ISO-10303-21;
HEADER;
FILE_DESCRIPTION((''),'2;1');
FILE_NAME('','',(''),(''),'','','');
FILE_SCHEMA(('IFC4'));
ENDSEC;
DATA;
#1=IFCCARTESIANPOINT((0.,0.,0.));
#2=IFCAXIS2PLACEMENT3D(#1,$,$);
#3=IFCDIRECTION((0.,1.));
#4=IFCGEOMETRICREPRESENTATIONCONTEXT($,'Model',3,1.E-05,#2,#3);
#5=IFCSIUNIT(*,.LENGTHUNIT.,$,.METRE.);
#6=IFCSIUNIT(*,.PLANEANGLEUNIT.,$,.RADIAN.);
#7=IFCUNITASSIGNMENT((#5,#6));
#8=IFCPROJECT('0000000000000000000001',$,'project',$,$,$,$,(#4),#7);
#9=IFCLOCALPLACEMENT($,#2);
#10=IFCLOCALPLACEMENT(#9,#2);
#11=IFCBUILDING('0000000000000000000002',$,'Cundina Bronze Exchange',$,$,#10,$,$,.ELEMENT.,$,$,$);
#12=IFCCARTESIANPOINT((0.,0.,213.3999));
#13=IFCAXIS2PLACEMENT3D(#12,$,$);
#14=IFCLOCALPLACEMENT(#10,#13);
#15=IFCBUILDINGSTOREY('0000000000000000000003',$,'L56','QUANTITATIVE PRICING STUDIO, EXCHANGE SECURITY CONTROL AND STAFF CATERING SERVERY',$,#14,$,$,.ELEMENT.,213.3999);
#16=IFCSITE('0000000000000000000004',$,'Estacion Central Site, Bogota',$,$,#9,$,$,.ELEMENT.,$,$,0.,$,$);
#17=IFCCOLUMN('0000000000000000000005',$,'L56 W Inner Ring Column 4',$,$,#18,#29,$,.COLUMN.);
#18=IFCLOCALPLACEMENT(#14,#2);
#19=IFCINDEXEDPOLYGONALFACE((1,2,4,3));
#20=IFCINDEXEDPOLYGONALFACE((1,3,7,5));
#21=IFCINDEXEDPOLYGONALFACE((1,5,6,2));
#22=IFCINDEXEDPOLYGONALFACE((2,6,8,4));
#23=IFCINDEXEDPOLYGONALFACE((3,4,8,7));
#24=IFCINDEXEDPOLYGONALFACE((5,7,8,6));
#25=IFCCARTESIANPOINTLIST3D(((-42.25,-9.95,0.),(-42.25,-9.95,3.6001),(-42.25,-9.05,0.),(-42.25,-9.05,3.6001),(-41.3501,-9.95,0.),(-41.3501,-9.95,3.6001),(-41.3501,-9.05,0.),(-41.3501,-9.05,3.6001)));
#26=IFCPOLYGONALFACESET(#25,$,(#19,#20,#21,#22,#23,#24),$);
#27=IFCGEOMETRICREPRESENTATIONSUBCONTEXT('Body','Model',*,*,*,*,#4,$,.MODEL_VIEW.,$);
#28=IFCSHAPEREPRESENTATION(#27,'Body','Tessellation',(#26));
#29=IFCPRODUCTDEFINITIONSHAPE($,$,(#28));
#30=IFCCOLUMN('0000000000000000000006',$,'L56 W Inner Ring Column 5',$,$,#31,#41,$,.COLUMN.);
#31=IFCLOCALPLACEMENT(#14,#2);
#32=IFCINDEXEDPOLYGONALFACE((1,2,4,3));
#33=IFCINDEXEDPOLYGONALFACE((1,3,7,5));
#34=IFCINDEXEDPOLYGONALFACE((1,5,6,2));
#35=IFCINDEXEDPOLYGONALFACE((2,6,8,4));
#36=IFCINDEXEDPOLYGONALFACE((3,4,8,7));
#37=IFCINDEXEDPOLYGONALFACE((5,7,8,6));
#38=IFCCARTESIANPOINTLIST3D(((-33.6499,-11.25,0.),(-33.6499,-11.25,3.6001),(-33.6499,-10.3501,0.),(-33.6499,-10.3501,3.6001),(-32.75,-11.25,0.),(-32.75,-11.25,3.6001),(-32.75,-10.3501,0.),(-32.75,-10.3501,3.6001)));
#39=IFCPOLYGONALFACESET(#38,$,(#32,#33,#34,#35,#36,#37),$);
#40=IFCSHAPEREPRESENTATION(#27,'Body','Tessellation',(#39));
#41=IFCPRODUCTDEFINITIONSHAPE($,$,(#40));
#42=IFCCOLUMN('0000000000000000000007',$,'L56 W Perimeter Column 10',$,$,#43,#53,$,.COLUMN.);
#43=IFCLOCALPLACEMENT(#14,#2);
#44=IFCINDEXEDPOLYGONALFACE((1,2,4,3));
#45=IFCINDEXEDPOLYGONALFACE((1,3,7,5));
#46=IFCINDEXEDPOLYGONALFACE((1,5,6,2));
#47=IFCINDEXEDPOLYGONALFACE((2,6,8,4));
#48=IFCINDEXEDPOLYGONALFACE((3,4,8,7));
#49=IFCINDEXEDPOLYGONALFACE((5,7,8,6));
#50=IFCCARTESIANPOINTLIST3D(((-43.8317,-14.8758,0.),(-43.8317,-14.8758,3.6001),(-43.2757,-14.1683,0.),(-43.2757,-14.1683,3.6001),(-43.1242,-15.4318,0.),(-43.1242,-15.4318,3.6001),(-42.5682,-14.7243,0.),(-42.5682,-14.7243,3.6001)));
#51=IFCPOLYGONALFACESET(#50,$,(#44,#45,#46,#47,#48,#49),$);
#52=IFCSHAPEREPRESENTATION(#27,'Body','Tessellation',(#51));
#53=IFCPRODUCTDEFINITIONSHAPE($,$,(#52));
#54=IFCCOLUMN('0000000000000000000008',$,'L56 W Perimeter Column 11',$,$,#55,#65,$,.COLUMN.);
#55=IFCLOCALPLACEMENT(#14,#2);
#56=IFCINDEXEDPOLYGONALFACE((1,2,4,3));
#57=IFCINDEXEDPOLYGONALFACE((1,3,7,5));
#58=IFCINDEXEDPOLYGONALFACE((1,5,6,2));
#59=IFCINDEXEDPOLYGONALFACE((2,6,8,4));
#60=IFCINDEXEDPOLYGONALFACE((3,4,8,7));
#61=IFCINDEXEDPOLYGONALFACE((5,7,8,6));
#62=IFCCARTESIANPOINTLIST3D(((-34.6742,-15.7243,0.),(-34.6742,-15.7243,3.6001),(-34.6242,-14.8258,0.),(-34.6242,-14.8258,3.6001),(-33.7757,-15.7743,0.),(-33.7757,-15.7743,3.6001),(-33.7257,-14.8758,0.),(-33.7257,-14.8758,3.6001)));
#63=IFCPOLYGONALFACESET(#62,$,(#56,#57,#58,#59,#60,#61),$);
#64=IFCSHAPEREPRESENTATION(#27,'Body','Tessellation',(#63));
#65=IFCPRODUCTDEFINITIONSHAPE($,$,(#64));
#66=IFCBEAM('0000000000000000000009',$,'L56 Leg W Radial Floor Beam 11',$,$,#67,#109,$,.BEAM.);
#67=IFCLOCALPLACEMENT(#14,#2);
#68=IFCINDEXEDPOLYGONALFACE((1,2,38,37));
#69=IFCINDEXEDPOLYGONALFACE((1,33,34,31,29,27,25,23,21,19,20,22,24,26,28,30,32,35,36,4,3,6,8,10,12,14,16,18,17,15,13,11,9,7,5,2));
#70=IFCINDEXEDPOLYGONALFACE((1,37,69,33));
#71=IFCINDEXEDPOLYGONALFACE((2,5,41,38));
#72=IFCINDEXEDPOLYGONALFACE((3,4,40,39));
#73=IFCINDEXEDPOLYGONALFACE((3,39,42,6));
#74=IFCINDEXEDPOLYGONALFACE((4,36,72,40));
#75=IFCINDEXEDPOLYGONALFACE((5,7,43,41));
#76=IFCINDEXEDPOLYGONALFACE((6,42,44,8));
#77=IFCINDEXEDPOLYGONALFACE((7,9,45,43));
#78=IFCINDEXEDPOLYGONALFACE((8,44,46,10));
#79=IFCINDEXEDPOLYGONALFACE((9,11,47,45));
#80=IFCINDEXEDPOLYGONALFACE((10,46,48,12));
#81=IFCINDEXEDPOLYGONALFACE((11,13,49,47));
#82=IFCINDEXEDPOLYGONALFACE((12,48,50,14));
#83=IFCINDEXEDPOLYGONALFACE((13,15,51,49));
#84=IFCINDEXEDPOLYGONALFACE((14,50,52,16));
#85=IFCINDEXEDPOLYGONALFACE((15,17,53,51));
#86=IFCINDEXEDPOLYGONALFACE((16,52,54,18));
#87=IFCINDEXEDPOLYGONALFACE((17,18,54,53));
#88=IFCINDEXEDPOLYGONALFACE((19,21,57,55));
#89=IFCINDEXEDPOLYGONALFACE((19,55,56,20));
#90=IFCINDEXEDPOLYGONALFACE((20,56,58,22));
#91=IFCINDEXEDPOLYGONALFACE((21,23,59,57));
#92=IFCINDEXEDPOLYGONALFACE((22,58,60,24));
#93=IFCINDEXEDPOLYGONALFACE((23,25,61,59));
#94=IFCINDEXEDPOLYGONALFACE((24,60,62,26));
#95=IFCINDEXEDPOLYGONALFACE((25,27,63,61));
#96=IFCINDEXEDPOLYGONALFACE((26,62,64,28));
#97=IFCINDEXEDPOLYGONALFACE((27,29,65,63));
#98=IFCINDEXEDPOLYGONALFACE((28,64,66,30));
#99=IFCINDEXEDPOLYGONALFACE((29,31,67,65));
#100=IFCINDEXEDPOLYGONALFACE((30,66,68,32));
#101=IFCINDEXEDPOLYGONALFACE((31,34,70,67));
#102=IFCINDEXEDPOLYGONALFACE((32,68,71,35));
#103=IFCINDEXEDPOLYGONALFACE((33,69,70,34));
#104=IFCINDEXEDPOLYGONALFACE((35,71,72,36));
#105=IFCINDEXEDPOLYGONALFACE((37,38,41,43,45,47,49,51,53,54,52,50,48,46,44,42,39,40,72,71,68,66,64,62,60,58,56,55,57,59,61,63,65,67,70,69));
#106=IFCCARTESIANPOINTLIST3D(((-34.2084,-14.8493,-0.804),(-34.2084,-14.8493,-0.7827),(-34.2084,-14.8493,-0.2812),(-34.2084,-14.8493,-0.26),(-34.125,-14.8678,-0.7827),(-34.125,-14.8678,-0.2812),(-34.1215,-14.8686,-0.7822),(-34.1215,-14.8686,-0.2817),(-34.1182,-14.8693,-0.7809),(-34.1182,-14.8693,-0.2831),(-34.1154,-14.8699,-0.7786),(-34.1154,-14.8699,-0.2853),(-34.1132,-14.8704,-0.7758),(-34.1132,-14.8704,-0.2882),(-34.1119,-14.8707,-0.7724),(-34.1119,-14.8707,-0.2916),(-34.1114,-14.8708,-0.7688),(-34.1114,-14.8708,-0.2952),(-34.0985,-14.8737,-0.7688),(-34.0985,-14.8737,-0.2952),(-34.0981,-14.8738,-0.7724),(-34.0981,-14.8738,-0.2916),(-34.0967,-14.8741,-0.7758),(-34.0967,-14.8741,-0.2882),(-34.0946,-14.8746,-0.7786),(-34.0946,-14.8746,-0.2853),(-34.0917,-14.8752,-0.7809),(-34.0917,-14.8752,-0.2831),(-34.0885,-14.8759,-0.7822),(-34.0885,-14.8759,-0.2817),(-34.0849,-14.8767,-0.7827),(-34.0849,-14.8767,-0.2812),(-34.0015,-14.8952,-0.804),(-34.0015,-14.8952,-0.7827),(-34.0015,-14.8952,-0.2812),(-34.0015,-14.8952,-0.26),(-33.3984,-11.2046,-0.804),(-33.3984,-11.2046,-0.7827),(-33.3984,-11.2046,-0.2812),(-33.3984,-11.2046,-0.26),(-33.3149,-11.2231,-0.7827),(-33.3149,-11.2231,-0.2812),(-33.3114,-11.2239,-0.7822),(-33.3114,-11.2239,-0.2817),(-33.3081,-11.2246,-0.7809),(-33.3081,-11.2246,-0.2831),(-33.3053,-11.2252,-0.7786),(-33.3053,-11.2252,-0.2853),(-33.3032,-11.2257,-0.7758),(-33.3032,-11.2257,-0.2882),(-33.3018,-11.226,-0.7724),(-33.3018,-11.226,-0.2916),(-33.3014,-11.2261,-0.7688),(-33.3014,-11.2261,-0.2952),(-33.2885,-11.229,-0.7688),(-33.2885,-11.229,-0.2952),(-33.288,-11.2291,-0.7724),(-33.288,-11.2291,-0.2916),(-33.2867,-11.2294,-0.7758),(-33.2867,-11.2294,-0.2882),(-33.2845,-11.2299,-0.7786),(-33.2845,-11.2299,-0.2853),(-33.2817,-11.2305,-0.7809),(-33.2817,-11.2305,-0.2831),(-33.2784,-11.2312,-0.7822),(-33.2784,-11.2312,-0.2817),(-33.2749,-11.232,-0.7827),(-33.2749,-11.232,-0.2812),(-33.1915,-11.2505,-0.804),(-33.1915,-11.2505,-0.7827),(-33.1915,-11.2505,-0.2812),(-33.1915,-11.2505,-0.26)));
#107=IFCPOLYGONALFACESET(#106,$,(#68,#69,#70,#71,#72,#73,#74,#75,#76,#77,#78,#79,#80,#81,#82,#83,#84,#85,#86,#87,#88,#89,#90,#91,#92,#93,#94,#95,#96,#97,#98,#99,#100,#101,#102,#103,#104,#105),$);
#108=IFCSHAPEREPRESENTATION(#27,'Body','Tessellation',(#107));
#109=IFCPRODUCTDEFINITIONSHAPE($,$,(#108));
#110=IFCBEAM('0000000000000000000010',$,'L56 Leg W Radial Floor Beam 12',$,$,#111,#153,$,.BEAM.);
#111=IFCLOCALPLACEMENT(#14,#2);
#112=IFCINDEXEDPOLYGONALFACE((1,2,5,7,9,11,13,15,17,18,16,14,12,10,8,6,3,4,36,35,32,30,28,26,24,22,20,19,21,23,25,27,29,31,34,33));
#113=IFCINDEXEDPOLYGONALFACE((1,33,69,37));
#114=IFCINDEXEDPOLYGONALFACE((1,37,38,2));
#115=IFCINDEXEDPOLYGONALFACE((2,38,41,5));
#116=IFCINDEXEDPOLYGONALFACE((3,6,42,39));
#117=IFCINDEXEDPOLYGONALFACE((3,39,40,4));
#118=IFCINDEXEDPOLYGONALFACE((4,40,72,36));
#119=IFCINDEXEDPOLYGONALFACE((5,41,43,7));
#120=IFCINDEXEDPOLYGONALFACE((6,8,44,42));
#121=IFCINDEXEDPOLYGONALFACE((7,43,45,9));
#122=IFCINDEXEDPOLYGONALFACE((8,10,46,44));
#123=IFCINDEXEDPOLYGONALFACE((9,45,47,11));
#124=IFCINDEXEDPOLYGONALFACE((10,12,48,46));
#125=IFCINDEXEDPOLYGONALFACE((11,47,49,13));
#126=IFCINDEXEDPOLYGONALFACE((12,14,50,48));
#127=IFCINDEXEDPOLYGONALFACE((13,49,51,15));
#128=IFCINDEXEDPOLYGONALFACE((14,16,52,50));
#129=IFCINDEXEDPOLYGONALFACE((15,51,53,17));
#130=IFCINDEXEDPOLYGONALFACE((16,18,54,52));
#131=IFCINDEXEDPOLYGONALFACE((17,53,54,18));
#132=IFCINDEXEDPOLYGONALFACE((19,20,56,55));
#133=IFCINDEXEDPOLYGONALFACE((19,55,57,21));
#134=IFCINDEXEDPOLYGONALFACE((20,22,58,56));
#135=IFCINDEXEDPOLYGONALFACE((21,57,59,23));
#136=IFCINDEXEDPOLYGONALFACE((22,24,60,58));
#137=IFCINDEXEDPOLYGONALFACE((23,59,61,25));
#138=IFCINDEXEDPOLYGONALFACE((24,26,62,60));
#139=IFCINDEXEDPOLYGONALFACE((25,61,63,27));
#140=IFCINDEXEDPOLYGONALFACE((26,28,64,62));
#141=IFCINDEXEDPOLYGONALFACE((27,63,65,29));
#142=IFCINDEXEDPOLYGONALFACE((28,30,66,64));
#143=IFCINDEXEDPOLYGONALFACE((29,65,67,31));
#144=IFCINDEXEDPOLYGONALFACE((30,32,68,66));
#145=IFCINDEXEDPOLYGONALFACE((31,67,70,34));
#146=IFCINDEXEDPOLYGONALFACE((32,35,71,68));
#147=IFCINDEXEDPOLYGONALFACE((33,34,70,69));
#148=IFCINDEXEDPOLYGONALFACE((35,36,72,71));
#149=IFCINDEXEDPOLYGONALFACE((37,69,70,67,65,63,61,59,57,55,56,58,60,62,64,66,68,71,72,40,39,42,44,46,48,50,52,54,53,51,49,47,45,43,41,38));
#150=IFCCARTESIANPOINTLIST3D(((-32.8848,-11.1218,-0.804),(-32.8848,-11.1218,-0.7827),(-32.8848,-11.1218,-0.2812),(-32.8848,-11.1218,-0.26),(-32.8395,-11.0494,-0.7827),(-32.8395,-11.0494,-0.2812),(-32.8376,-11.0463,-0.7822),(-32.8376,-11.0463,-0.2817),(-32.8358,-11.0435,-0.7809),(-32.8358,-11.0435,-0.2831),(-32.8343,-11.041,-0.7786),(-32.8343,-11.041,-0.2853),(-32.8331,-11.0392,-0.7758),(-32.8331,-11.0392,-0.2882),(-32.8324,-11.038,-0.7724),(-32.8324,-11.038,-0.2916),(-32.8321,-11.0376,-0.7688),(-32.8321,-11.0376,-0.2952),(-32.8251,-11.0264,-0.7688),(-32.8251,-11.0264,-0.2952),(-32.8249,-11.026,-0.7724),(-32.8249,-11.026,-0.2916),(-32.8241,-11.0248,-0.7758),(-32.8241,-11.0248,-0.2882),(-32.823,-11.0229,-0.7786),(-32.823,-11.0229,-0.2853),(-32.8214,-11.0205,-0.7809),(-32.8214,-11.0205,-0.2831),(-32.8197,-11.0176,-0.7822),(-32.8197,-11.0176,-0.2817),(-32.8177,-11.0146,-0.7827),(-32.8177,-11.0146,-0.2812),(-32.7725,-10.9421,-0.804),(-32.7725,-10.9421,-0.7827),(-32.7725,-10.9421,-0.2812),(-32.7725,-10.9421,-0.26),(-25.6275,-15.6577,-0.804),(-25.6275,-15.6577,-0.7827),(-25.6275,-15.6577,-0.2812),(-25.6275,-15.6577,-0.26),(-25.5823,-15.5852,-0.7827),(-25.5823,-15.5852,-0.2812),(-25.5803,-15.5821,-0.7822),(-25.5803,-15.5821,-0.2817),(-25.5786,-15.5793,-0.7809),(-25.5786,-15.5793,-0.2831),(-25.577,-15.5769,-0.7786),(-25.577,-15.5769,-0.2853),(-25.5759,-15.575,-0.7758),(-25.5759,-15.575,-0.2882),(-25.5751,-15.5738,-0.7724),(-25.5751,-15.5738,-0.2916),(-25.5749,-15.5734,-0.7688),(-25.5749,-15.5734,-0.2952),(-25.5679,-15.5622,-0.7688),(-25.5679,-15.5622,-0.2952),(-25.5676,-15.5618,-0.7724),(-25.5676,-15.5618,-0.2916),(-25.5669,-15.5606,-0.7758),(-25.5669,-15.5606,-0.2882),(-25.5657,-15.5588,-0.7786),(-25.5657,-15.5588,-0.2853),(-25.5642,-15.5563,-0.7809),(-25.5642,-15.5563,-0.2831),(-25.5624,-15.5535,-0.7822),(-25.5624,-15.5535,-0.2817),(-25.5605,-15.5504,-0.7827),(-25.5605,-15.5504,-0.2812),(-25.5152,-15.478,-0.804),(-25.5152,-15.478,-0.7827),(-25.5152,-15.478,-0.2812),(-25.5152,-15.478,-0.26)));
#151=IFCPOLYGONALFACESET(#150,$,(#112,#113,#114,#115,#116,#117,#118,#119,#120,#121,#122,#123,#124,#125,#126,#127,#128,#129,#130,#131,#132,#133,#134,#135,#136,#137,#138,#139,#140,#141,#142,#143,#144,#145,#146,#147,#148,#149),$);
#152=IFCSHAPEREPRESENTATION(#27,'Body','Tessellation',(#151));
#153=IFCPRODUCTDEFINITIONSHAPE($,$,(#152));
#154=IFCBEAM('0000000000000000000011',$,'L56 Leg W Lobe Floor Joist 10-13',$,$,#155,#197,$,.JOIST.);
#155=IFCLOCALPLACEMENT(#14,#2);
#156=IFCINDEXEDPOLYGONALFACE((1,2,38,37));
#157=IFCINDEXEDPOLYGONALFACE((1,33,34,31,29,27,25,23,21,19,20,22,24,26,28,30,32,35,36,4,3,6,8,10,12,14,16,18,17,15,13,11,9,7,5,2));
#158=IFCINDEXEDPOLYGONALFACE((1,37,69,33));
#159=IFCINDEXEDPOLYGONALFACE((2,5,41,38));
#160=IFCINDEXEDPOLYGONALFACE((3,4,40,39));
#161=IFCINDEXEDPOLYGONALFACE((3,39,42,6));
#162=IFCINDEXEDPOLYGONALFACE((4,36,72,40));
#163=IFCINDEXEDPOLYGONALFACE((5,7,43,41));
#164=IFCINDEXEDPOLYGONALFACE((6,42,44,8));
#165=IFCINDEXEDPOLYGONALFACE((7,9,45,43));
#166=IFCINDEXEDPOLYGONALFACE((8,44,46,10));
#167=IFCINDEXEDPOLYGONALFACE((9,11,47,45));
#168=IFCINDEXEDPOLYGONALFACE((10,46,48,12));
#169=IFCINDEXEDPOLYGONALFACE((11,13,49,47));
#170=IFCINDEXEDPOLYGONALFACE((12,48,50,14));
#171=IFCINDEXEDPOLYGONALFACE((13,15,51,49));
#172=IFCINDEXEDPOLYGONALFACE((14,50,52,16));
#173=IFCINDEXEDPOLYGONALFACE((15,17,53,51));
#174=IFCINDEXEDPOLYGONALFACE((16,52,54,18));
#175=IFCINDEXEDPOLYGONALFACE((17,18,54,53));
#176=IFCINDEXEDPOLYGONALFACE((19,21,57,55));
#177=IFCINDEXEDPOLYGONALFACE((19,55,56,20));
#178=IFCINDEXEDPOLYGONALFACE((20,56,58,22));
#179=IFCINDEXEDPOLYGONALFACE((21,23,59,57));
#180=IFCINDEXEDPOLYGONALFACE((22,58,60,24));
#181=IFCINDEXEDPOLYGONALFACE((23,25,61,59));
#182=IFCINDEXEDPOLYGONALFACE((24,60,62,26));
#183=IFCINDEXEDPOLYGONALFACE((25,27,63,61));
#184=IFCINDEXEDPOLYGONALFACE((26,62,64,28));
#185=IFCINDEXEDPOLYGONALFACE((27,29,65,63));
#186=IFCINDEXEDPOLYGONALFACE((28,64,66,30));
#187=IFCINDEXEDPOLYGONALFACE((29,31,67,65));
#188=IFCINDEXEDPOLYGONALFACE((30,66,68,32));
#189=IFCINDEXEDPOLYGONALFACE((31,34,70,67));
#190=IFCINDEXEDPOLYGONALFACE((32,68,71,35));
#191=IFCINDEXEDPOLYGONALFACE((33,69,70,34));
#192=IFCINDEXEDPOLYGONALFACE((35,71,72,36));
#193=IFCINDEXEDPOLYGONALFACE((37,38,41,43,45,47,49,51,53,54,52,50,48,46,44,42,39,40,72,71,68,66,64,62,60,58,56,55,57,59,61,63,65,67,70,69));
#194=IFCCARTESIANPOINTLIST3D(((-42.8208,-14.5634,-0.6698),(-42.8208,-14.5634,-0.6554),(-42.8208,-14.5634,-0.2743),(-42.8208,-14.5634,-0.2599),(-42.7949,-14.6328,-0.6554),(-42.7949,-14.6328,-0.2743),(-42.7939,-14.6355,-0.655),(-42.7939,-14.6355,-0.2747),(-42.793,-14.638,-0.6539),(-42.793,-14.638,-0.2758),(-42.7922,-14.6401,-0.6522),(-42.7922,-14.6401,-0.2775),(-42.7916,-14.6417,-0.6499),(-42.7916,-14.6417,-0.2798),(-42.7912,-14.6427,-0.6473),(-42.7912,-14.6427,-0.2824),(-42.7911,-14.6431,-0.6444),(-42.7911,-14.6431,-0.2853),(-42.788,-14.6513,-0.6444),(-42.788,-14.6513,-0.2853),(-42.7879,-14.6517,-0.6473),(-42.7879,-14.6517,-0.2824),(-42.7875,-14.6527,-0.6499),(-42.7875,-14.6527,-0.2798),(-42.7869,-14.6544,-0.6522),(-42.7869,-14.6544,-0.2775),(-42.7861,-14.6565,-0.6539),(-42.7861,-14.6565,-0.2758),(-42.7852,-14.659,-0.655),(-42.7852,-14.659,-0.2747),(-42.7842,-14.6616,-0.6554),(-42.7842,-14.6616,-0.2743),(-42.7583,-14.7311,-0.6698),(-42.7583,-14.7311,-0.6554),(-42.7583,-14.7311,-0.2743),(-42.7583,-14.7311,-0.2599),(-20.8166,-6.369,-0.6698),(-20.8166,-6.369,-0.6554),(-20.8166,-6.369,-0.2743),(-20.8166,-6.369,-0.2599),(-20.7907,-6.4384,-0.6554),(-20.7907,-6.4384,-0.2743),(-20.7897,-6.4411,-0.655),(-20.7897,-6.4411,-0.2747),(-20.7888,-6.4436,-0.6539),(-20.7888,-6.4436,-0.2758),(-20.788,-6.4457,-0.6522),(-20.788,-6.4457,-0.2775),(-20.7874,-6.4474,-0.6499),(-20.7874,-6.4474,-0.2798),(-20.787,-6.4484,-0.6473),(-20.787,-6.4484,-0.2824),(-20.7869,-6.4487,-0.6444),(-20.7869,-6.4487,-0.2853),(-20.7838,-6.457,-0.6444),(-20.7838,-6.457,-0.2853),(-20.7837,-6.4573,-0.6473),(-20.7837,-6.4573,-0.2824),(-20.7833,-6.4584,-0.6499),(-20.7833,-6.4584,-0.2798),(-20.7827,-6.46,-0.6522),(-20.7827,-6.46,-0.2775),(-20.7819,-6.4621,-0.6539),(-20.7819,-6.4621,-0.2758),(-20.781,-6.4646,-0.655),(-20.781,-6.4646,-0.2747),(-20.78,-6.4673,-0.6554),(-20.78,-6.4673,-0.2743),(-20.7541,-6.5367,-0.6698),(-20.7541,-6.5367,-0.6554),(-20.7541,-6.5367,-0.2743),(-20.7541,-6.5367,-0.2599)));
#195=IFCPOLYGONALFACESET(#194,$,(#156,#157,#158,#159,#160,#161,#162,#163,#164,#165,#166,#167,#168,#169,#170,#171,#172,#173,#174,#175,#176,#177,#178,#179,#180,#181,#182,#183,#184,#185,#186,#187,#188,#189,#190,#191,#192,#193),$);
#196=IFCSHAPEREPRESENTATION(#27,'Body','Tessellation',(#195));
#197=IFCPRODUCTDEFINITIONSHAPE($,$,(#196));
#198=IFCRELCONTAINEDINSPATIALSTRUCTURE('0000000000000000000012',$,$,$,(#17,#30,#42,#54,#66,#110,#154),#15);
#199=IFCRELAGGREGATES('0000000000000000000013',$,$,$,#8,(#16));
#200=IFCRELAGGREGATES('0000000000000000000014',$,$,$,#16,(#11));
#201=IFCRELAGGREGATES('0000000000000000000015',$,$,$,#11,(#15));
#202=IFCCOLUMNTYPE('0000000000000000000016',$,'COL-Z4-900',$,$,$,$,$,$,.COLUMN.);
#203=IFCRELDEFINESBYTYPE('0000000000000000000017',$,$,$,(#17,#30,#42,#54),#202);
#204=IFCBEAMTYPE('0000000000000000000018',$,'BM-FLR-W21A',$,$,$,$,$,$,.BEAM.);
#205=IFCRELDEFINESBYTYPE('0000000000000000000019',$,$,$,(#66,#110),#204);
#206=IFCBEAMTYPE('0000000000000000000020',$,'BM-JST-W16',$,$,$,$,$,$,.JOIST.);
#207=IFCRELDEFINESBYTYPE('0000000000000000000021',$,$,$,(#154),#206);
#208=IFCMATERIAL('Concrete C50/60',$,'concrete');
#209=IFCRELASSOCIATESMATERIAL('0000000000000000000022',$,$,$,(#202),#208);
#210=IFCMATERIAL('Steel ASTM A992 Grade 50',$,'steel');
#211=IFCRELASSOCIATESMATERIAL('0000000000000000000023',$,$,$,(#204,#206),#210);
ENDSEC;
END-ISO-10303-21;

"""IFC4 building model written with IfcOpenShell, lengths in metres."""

from ifc_helpers import new_model, si_unit, direction, frame, origin, origin_2d, place, context, subcontext, project, spatial, rectangle, i_section, extrude, material, material_profile, profile_set, type_object, element, save


model = new_model("IFC4")

# Units and contexts
model_context = context("Model", 3, precision=1e-05, world=origin(), true_north=direction((0.0, 1.0)))
body_context = subcontext(model_context, "Body", "Model", "MODEL_VIEW")
ifc_project = project(units=[si_unit("LENGTHUNIT", "METRE"), si_unit("PLANEANGLEUNIT", "RADIAN")], contexts=[model_context])

# Site, building, storey
site_placement = place(None, origin())
site = spatial("IfcSite", under=ifc_project, at=site_placement, Name="Estacion Central Site, Bogota", CompositionType="ELEMENT", RefElevation=0.0)
building_placement = place(site_placement, origin())
building = spatial("IfcBuilding", under=site, at=building_placement, Name="Cundina Bronze Exchange", CompositionType="ELEMENT")
storey_placement = place(building_placement, frame((0.0, 0.0, 213.3999)))
storey = spatial("IfcBuildingStorey", under=building, at=storey_placement, Name="L56", Description="QUANTITATIVE PRICING STUDIO, EXCHANGE SECURITY CONTROL AND STAFF CATERING SERVERY", CompositionType="ELEMENT", Elevation=213.3999)

# Columns
ifc_material_1 = material(Name="Concrete C50/60", Category="concrete")
ifc_material_profile_1 = material_profile(ifc_material_1, rectangle(XDim=0.8999, YDim=0.8999, at=origin_2d()), Name="RC900X900", Category="concrete")
ifc_profile_set_1 = profile_set([ifc_material_profile_1], Name="Concrete C50/60")
column_type = type_object("IfcColumnType", Name="COL-Z4-900", PredefinedType="COLUMN", material=ifc_profile_set_1)
for number, where, z_axis, x_axis, name in (
    (1, (-41.8, -9.5, 0.0), (0.0, 0.0, 1.0), (1.0, 0.0, 0.0), "L56 W Inner Ring Column 4"),
    (2, (-33.2, -10.8, 0.0), (0.0, 0.0, 1.0), (1.0, 0.0, 0.0), "L56 W Inner Ring Column 5"),
    (3, (-43.2, -14.8, 0.0), (0.0, 0.0, 1.0), (0.786288, -0.61786, 0.0), "L56 W Perimeter Column 10"),
    (4, (-34.2, -15.3, 0.0), (0.0, 0.0, 1.0), (0.99846, -0.055473, 0.0), "L56 W Perimeter Column 11"),
):
    element("IfcColumn", number, at=place(storey_placement, frame(where, z_axis=z_axis, x_axis=x_axis)), inside=storey, type_object=column_type, Name=name, PredefinedType="COLUMN", context=body_context, shape_type="SweptSolid", body=[
        extrude(rectangle(XDim=0.8999, YDim=0.8999, at=origin_2d()), origin(), (0.0, 0.0, 1.0), 3.6001),
    ])

# Beams
ifc_material_2 = material(Name="Steel ASTM A992 Grade 50", Category="steel")
ifc_material_profile_2 = material_profile(ifc_material_2, i_section(OverallWidth=0.2119, OverallDepth=0.5439, WebThickness=0.0132, FlangeThickness=0.0212, FilletRadius=0.0139, at=origin_2d()), Name="W21X83", Category="steel")
ifc_profile_set_2 = profile_set([ifc_material_profile_2], Name="Steel ASTM A992 Grade 50")
beam_type_1 = type_object("IfcBeamType", Name="BM-FLR-W21A", PredefinedType="BEAM", material=ifc_profile_set_2)
beam_1_placement = place(storey_placement, frame((-33.2949, -11.2275, -0.532), z_axis=(-0.216958, -0.976181, 0.0), x_axis=(0.976181, -0.216958, 0.0)))
element("IfcBeam", 5, at=beam_1_placement, inside=storey, type_object=beam_type_1, Name="L56 Leg W Radial Floor Beam 11", PredefinedType="BEAM", context=body_context, shape_type="SweptSolid", body=[
    extrude(i_section(OverallWidth=0.2119, OverallDepth=0.5439, WebThickness=0.0132, FlangeThickness=0.0212, FilletRadius=0.0139, at=origin_2d()), origin(), (0.0, 0.0, 1.0), 3.7336),
])
beam_2_placement = place(storey_placement, frame((-32.8286, -11.032, -0.532), z_axis=(0.847995, -0.530004, 0.0), x_axis=(0.530004, 0.847995, 0.0)))
element("IfcBeam", 6, at=beam_2_placement, inside=storey, type_object=beam_type_1, Name="L56 Leg W Radial Floor Beam 12", PredefinedType="BEAM", context=body_context, shape_type="SweptSolid", body=[
    extrude(i_section(OverallWidth=0.2119, OverallDepth=0.5439, WebThickness=0.0132, FlangeThickness=0.0212, FilletRadius=0.0139, at=origin_2d()), origin(), (0.0, 0.0, 1.0), 8.5581),
])
ifc_material_profile_3 = material_profile(ifc_material_2, i_section(OverallWidth=0.179, OverallDepth=0.4099, WebThickness=0.0088, FlangeThickness=0.0144, FilletRadius=0.011, at=origin_2d()), Name="W16X45", Category="steel")
ifc_profile_set_3 = profile_set([ifc_material_profile_3], Name="Steel ASTM A992 Grade 50")
beam_type_2 = type_object("IfcBeamType", Name="BM-JST-W16", PredefinedType="JOIST", material=ifc_profile_set_3)
beam_3_placement = place(storey_placement, frame((-42.7896, -14.6472, -0.4648), z_axis=(0.937128, 0.348986, 0.0), x_axis=(-0.348986, 0.937128, 0.0)))
element("IfcBeam", 7, at=beam_3_placement, inside=storey, type_object=beam_type_2, Name="L56 Leg W Lobe Floor Joist 10-13", PredefinedType="JOIST", context=body_context, shape_type="SweptSolid", body=[
    extrude(i_section(OverallWidth=0.179, OverallDepth=0.4099, WebThickness=0.0088, FlangeThickness=0.0144, FilletRadius=0.011, at=origin_2d()), origin(), (0.0, 0.0, 1.0), 23.4805),
])

save(model, "model.ifc")
